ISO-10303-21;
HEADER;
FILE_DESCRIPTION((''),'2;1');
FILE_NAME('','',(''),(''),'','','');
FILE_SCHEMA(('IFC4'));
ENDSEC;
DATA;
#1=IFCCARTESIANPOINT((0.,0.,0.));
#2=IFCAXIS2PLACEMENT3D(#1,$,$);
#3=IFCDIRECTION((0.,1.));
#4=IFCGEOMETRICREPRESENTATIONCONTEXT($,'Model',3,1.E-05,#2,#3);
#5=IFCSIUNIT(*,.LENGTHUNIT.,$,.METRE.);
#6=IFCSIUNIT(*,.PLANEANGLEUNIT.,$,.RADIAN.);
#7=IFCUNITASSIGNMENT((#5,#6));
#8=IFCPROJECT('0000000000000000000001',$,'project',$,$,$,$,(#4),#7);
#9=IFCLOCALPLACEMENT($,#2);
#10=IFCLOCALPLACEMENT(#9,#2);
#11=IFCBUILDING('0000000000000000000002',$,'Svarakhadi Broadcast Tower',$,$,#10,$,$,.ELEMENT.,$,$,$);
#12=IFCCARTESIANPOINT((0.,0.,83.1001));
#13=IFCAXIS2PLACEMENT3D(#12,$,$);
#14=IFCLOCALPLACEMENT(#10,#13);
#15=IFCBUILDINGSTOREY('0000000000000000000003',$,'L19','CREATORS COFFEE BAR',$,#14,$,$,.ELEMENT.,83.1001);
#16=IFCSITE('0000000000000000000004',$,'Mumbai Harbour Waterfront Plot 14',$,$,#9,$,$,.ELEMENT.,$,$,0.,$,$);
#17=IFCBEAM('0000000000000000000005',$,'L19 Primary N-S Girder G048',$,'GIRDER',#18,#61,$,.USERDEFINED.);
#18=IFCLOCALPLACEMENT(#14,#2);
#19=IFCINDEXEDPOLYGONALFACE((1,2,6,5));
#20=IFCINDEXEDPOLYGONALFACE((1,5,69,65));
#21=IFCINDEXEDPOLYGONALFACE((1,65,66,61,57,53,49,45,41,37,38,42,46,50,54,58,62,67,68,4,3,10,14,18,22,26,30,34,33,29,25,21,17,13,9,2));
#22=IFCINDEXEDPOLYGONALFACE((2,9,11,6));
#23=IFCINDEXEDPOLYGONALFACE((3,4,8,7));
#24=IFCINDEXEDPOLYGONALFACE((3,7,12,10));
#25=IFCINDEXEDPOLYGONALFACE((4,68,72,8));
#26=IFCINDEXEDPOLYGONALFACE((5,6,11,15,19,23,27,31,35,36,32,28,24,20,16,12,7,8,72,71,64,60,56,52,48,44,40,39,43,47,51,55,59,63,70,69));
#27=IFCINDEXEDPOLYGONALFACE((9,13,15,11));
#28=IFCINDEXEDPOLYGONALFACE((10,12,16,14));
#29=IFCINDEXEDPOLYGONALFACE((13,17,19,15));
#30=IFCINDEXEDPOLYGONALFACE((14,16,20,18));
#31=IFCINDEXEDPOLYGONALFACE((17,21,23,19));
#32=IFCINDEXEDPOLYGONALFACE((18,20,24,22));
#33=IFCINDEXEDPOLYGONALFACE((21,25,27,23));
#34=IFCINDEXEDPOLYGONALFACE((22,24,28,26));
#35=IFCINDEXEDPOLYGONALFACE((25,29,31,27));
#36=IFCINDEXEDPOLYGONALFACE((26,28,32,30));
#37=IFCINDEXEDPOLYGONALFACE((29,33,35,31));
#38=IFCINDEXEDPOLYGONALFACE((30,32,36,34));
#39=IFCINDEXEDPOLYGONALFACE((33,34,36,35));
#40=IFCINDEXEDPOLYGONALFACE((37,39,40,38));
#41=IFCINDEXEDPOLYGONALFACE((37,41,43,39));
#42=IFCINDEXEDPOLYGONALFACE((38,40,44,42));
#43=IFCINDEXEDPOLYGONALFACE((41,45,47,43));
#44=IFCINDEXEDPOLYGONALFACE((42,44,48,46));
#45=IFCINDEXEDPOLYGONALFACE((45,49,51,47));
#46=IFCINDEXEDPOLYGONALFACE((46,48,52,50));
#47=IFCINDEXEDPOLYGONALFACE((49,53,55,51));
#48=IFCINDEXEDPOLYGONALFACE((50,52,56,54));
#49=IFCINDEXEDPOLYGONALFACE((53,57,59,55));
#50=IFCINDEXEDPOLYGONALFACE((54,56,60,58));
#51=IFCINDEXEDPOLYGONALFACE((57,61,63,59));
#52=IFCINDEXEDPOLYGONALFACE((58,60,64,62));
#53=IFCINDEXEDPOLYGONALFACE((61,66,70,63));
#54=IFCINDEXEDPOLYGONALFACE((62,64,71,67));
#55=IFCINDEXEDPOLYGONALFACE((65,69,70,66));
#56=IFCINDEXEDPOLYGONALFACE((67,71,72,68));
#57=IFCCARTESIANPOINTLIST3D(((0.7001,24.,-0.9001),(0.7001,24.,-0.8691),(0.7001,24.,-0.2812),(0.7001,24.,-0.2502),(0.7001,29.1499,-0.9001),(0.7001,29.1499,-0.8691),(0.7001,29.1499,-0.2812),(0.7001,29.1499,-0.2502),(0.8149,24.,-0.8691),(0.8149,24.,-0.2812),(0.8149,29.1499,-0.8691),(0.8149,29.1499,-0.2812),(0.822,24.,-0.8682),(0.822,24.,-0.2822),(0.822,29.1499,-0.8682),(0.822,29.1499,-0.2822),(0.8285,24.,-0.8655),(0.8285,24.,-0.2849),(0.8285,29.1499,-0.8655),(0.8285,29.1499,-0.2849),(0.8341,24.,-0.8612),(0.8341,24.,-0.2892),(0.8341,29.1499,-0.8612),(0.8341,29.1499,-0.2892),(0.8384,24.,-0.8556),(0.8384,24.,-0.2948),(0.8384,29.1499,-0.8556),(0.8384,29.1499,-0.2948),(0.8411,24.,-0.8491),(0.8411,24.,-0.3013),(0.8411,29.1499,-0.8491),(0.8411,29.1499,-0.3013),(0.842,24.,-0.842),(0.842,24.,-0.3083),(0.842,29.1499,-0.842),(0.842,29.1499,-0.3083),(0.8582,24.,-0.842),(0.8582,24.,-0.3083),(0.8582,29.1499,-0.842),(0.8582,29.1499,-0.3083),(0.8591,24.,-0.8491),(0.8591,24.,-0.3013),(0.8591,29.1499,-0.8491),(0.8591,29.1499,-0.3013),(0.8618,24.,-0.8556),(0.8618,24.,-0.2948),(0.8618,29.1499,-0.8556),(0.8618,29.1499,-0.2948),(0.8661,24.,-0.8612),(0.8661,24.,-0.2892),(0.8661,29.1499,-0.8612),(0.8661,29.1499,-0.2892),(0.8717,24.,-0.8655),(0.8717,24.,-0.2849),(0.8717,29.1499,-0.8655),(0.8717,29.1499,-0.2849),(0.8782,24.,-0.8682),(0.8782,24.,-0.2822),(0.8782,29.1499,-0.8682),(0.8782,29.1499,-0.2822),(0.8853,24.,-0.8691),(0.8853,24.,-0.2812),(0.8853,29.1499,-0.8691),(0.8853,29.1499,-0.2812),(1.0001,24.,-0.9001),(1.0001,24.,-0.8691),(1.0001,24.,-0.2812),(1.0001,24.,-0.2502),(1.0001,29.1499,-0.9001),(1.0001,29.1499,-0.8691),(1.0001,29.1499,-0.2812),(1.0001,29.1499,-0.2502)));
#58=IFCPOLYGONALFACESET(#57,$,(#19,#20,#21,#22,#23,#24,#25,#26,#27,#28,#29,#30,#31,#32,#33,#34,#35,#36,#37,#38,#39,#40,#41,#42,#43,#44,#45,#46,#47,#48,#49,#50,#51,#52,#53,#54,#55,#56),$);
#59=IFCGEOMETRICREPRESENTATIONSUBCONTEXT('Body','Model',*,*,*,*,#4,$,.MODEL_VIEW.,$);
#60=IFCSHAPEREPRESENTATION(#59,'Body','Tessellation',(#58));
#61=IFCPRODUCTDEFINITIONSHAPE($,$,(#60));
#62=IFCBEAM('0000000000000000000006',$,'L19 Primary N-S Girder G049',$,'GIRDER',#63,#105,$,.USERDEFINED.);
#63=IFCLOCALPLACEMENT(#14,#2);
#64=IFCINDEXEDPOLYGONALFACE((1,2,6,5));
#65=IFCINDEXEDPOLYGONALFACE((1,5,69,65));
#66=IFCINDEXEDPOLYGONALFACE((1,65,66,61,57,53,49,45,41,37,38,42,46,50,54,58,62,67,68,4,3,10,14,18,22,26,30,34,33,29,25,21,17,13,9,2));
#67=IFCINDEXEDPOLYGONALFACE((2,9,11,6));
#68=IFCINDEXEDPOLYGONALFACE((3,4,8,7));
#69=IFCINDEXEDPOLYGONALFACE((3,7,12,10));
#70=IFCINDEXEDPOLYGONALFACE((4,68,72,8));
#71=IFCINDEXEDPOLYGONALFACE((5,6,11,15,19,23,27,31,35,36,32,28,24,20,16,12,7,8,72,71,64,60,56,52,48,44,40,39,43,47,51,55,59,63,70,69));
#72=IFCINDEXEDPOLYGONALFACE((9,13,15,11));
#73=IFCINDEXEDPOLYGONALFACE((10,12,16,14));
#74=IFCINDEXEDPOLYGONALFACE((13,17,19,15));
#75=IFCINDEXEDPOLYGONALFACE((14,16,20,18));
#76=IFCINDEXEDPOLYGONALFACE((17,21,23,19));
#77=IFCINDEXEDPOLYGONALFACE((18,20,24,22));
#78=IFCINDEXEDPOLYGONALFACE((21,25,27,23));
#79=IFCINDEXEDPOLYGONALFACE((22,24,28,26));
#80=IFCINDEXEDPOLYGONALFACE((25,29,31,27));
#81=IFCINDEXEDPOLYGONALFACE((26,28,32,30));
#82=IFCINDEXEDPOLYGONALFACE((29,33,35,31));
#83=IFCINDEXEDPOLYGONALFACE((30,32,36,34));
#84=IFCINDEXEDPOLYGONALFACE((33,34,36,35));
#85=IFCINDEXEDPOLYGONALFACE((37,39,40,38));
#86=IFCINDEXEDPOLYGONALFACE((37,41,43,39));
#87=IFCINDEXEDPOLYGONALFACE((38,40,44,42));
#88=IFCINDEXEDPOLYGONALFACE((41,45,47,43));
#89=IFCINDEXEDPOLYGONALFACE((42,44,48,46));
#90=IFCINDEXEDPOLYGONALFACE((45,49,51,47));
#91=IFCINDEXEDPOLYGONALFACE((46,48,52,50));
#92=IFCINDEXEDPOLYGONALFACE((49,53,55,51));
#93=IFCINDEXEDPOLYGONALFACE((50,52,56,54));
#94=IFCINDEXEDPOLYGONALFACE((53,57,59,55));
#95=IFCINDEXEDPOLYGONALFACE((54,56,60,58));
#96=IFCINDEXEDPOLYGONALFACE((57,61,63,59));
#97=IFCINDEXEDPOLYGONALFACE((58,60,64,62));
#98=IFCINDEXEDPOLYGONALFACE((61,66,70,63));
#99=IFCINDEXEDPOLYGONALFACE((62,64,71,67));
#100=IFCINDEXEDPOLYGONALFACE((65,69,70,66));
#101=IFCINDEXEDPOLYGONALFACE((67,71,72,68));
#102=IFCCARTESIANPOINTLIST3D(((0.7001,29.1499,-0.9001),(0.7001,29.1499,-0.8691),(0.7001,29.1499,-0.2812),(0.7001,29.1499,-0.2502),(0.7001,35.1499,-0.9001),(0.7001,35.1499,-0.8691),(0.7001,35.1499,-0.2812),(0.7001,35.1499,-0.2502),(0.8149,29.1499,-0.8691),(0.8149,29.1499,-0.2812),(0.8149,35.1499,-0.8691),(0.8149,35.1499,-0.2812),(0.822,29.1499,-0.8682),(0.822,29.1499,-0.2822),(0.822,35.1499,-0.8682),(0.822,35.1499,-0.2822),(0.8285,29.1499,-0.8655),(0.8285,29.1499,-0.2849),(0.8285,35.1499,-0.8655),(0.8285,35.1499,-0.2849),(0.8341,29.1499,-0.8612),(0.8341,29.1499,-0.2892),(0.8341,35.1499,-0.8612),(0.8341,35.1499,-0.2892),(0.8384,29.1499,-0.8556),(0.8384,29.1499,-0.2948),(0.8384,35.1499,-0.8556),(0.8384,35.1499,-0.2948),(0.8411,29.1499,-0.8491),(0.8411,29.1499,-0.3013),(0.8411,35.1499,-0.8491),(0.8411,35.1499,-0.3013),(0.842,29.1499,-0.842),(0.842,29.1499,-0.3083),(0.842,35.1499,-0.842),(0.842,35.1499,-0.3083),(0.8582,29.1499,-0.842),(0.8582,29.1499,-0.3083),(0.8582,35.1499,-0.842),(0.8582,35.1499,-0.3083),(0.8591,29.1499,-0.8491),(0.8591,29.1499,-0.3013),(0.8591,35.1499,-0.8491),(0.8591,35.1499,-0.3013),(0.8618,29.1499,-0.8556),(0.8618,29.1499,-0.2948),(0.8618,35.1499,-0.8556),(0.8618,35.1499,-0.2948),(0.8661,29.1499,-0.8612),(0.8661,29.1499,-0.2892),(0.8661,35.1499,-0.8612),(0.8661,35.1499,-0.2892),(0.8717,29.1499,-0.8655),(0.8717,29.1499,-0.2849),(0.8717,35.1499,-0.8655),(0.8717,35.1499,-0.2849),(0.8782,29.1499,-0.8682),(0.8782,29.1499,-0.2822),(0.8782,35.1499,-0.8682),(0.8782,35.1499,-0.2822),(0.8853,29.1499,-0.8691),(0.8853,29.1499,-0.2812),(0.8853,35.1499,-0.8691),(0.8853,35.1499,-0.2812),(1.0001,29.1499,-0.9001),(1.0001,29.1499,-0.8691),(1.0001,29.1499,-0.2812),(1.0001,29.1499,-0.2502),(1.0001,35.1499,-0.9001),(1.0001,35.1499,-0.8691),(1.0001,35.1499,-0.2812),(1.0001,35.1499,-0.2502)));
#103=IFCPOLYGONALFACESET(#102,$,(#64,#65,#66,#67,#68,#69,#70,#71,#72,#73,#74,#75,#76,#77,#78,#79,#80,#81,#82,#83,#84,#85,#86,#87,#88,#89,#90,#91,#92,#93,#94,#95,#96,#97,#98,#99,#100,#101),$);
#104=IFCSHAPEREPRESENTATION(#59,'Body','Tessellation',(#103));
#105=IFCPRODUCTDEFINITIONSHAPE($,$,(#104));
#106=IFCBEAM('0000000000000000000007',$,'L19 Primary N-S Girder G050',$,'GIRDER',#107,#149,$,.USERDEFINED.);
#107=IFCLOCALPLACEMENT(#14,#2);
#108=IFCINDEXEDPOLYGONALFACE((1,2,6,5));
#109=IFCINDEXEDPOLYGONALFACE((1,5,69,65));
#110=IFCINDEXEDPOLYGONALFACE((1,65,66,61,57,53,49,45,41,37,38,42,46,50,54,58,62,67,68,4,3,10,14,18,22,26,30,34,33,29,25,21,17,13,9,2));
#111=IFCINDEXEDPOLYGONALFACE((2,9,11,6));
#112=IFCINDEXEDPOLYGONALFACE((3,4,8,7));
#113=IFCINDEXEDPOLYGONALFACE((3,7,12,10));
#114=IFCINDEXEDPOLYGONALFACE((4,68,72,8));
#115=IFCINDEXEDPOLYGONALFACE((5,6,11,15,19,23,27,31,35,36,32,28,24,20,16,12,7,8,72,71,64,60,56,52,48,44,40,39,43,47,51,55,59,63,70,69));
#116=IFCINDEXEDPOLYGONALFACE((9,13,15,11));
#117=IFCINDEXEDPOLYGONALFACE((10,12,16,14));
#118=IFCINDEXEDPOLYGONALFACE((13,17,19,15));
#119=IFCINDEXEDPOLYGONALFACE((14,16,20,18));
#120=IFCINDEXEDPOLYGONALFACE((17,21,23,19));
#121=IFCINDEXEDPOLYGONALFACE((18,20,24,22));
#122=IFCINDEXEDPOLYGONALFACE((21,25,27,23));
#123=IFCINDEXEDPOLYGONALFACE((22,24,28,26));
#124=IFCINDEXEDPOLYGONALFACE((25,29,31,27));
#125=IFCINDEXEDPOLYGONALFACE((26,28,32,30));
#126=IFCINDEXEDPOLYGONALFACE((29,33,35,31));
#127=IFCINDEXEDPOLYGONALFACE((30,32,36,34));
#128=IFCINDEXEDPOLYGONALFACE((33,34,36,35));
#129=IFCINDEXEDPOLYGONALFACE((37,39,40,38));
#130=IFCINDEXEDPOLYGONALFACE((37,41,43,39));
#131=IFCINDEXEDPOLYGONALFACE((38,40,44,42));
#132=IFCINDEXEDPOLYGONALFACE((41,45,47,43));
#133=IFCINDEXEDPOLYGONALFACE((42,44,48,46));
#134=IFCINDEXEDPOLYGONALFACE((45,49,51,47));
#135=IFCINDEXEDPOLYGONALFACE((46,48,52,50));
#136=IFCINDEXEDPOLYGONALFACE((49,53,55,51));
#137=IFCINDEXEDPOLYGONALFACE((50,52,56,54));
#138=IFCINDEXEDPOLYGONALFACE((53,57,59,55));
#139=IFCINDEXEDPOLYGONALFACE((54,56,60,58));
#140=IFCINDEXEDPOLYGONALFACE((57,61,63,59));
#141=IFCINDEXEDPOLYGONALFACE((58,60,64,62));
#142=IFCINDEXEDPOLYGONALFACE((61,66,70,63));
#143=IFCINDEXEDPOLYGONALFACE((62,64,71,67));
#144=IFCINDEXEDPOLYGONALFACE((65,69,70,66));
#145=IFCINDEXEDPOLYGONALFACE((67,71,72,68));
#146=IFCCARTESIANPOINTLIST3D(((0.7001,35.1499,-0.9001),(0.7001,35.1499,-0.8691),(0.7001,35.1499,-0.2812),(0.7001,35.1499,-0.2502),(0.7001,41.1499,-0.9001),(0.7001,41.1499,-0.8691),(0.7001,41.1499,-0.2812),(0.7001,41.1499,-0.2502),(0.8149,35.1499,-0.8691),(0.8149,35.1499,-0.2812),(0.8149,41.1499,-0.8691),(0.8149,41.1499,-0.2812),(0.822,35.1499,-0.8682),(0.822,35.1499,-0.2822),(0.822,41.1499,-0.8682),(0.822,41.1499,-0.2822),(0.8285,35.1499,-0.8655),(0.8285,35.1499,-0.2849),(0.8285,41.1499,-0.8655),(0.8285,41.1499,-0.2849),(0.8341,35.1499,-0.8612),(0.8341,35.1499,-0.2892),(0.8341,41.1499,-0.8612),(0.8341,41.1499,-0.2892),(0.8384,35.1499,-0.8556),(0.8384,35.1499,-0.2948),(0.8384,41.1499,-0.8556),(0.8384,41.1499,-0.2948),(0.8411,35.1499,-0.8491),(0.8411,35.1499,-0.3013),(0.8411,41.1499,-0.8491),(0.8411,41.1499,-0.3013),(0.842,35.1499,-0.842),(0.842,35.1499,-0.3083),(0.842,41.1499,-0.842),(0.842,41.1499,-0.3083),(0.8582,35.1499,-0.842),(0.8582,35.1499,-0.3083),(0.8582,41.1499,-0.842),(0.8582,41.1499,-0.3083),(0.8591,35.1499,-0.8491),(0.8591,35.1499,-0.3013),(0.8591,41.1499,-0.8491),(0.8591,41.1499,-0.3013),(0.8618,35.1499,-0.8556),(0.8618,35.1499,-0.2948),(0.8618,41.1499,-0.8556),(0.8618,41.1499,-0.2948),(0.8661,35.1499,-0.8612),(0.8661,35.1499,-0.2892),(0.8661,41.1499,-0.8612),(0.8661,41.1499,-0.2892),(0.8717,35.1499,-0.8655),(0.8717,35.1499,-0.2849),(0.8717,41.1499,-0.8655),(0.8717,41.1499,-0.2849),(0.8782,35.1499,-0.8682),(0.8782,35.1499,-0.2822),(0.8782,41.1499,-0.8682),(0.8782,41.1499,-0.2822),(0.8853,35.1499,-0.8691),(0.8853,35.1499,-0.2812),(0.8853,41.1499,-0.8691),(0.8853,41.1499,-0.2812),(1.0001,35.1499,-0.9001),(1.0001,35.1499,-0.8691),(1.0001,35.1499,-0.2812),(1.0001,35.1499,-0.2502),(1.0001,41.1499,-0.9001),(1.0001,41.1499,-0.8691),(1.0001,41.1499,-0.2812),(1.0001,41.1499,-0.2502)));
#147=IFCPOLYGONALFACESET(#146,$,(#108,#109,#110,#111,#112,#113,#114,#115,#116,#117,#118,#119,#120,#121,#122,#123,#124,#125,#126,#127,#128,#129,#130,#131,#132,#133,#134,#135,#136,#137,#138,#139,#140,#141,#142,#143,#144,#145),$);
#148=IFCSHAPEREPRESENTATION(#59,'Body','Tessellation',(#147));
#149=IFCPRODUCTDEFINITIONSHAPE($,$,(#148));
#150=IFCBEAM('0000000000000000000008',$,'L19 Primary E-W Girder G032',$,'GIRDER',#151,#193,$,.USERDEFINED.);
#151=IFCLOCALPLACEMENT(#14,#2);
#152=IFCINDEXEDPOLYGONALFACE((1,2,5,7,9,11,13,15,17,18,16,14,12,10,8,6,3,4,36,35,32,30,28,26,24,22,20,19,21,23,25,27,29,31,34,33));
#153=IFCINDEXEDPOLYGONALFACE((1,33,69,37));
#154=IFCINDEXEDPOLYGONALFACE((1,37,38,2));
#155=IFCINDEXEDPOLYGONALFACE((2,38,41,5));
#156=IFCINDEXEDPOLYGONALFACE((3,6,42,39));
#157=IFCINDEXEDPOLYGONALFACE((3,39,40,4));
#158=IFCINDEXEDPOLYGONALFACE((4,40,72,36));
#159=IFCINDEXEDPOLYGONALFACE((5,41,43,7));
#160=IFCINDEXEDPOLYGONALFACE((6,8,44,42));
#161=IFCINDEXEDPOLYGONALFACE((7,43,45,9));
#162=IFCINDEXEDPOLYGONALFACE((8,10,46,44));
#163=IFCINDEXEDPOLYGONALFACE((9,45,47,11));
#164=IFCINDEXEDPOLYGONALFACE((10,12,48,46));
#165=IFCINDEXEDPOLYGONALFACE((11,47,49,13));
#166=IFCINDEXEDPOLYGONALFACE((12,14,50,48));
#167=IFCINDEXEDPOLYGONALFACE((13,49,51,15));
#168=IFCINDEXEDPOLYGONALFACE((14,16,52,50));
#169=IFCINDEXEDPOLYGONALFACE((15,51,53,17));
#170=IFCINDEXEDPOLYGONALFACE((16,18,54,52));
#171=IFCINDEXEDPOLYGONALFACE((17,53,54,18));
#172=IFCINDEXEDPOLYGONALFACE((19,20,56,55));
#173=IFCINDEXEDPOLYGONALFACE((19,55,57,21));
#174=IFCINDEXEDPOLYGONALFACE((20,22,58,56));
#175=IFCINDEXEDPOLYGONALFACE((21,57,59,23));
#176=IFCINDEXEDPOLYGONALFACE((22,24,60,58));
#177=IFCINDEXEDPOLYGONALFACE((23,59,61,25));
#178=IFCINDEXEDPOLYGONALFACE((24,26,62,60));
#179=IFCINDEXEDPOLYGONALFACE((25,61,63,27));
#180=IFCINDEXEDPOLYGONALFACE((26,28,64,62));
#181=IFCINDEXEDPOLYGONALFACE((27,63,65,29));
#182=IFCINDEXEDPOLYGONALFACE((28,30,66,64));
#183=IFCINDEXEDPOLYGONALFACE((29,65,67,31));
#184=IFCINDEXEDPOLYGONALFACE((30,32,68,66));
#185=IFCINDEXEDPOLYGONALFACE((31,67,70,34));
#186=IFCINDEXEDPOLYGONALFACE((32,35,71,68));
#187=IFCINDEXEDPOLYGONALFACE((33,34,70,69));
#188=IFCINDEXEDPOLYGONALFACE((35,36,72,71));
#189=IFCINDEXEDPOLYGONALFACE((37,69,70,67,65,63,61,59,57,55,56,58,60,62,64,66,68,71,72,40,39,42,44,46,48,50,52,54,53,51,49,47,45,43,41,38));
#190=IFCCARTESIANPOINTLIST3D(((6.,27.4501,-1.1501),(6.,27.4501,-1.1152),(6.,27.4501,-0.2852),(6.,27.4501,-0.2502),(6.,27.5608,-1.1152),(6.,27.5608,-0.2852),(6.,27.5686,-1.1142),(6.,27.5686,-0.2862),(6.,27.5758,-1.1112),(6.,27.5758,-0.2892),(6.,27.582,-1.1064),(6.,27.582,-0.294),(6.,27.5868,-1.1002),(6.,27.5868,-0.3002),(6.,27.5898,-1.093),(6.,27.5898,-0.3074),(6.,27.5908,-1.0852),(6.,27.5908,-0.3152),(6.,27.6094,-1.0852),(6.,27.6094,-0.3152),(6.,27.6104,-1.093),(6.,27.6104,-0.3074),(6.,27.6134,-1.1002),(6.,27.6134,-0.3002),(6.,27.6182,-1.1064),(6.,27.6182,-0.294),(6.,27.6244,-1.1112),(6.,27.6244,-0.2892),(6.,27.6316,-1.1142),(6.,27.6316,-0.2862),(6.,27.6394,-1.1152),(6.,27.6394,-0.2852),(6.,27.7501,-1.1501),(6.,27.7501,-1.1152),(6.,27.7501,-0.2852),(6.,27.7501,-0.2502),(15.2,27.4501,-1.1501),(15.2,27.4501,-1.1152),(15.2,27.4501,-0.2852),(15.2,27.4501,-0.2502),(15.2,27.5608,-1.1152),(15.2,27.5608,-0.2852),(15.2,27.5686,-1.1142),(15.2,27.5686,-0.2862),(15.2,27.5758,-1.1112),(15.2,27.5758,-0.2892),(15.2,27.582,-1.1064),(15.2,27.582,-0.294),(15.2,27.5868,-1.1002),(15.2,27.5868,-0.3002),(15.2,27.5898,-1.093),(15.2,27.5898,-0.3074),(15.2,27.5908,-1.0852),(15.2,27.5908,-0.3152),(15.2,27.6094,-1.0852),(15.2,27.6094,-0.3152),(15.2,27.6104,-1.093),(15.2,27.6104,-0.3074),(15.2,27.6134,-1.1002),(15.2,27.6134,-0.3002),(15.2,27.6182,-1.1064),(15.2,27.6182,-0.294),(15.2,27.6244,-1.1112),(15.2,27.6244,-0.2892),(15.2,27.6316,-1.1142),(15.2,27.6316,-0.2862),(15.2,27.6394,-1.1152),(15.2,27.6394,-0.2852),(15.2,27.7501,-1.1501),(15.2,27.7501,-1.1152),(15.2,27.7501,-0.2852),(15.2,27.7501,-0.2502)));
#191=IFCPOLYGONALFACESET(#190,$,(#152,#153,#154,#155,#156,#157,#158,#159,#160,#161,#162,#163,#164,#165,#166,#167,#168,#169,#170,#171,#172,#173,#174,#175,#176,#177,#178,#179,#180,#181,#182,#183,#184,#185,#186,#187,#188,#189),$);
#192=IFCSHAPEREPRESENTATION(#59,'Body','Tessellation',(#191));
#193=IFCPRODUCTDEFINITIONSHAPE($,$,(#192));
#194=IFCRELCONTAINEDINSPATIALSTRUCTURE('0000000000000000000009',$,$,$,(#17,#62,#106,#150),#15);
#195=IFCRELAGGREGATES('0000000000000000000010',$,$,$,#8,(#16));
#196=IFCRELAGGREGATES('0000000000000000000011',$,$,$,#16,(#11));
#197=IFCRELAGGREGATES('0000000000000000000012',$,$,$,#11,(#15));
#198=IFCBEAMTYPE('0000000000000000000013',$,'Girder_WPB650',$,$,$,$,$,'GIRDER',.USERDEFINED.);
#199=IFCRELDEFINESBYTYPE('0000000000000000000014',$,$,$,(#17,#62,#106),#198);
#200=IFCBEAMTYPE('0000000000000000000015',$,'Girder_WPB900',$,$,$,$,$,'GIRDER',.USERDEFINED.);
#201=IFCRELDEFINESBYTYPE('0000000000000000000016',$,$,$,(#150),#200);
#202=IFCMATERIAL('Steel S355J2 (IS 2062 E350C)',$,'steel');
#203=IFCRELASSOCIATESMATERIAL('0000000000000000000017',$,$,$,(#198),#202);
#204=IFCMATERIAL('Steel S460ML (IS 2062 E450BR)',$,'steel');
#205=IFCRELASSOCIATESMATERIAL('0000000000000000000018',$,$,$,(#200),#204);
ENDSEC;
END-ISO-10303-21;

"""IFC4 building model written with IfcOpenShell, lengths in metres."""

from ifc_helpers import new_model, si_unit, direction, frame, origin, origin_2d, place, context, subcontext, project, spatial, i_section, extrude, material, material_profile, profile_set, type_object, element, save


model = new_model("IFC4")

# Units and contexts
model_context = context("Model", 3, precision=1e-05, world=origin(), true_north=direction((0.0, 1.0)))
body_context = subcontext(model_context, "Body", "Model", "MODEL_VIEW")
ifc_project = project(units=[si_unit("LENGTHUNIT", "METRE"), si_unit("PLANEANGLEUNIT", "RADIAN")], contexts=[model_context])

# Site, building, storey
site_placement = place(None, origin())
site = spatial("IfcSite", under=ifc_project, at=site_placement, Name="Mumbai Harbour Waterfront Plot 14", CompositionType="ELEMENT", RefElevation=0.0)
building_placement = place(site_placement, origin())
building = spatial("IfcBuilding", under=site, at=building_placement, Name="Svarakhadi Broadcast Tower", CompositionType="ELEMENT")
storey_placement = place(building_placement, frame((0.0, 0.0, 83.1001)))
storey = spatial("IfcBuildingStorey", under=building, at=storey_placement, Name="L19", Description="CREATORS COFFEE BAR", CompositionType="ELEMENT", Elevation=83.1001)

# Shared definitions
ifc_material_1 = material(Name="Steel S460ML (IS 2062 E450BR)", Category="steel")

# Shared definitions
ifc_material_2 = material(Name="Steel S355J2 (IS 2062 E350C)", Category="steel")

# Beams
ifc_material_profile_1 = material_profile(ifc_material_2, i_section(OverallWidth=0.3, OverallDepth=0.6499, WebThickness=0.0161, FlangeThickness=0.031, FilletRadius=0.0271, at=origin_2d()), Name="WPB 650x300x225")
ifc_profile_set_1 = profile_set([ifc_material_profile_1], Name="Steel S355J2 (IS 2062 E350C)")
beam_type_1 = type_object("IfcBeamType", Name="Girder_WPB650", ElementType="GIRDER", PredefinedType="USERDEFINED", material=ifc_profile_set_1)
for number, where, z_axis, x_axis, name in (
    (1, (0.8501, 24.0, -0.5752), (0.0, 1.0, 0.0), (-1.0, 0.0, 0.0), "L19 Primary N-S Girder G048"),
):
    element("IfcBeam", number, at=place(storey_placement, frame(where, z_axis=z_axis, x_axis=x_axis)), inside=storey, type_object=beam_type_1, Name=name, ObjectType="GIRDER", PredefinedType="USERDEFINED", context=body_context, shape_type="SweptSolid", body=[
        extrude(i_section(OverallWidth=0.3, OverallDepth=0.6499, WebThickness=0.0161, FlangeThickness=0.031, FilletRadius=0.0271, at=origin_2d()), origin(), (0.0, 0.0, 1.0), 5.1499),
    ])
for number, where, z_axis, x_axis, name in (
    (2, (0.8501, 29.1499, -0.5752), (0.0, 1.0, 0.0), (-1.0, 0.0, 0.0), "L19 Primary N-S Girder G049"),
    (3, (0.8501, 35.1499, -0.5752), (0.0, 1.0, 0.0), (-1.0, 0.0, 0.0), "L19 Primary N-S Girder G050"),
):
    element("IfcBeam", number, at=place(storey_placement, frame(where, z_axis=z_axis, x_axis=x_axis)), inside=storey, type_object=beam_type_1, Name=name, ObjectType="GIRDER", PredefinedType="USERDEFINED", context=body_context, shape_type="SweptSolid", body=[
        extrude(i_section(OverallWidth=0.3, OverallDepth=0.6499, WebThickness=0.0161, FlangeThickness=0.031, FilletRadius=0.0271, at=origin_2d()), origin(), (0.0, 0.0, 1.0), 6.0),
    ])
ifc_material_profile_2 = material_profile(ifc_material_1, i_section(OverallWidth=0.3, OverallDepth=0.8999, WebThickness=0.0186, FlangeThickness=0.0349, FilletRadius=0.03, at=origin_2d()), Name="WPB 900x300x291")
ifc_profile_set_2 = profile_set([ifc_material_profile_2], Name="Steel S460ML (IS 2062 E450BR)")
beam_type_2 = type_object("IfcBeamType", Name="Girder_WPB900", ElementType="GIRDER", PredefinedType="USERDEFINED", material=ifc_profile_set_2)
beam_1_placement = place(storey_placement, frame((6.0, 27.6001, -0.7002), z_axis=(1.0, 0.0, 0.0), x_axis=(0.0, 1.0, 0.0)))
element("IfcBeam", 4, at=beam_1_placement, inside=storey, type_object=beam_type_2, Name="L19 Primary E-W Girder G032", ObjectType="GIRDER", PredefinedType="USERDEFINED", context=body_context, shape_type="SweptSolid", body=[
    extrude(i_section(OverallWidth=0.3, OverallDepth=0.8999, WebThickness=0.0186, FlangeThickness=0.0349, FilletRadius=0.03, at=origin_2d()), origin(), (0.0, 0.0, 1.0), 9.2),
])

save(model, "model.ifc")
